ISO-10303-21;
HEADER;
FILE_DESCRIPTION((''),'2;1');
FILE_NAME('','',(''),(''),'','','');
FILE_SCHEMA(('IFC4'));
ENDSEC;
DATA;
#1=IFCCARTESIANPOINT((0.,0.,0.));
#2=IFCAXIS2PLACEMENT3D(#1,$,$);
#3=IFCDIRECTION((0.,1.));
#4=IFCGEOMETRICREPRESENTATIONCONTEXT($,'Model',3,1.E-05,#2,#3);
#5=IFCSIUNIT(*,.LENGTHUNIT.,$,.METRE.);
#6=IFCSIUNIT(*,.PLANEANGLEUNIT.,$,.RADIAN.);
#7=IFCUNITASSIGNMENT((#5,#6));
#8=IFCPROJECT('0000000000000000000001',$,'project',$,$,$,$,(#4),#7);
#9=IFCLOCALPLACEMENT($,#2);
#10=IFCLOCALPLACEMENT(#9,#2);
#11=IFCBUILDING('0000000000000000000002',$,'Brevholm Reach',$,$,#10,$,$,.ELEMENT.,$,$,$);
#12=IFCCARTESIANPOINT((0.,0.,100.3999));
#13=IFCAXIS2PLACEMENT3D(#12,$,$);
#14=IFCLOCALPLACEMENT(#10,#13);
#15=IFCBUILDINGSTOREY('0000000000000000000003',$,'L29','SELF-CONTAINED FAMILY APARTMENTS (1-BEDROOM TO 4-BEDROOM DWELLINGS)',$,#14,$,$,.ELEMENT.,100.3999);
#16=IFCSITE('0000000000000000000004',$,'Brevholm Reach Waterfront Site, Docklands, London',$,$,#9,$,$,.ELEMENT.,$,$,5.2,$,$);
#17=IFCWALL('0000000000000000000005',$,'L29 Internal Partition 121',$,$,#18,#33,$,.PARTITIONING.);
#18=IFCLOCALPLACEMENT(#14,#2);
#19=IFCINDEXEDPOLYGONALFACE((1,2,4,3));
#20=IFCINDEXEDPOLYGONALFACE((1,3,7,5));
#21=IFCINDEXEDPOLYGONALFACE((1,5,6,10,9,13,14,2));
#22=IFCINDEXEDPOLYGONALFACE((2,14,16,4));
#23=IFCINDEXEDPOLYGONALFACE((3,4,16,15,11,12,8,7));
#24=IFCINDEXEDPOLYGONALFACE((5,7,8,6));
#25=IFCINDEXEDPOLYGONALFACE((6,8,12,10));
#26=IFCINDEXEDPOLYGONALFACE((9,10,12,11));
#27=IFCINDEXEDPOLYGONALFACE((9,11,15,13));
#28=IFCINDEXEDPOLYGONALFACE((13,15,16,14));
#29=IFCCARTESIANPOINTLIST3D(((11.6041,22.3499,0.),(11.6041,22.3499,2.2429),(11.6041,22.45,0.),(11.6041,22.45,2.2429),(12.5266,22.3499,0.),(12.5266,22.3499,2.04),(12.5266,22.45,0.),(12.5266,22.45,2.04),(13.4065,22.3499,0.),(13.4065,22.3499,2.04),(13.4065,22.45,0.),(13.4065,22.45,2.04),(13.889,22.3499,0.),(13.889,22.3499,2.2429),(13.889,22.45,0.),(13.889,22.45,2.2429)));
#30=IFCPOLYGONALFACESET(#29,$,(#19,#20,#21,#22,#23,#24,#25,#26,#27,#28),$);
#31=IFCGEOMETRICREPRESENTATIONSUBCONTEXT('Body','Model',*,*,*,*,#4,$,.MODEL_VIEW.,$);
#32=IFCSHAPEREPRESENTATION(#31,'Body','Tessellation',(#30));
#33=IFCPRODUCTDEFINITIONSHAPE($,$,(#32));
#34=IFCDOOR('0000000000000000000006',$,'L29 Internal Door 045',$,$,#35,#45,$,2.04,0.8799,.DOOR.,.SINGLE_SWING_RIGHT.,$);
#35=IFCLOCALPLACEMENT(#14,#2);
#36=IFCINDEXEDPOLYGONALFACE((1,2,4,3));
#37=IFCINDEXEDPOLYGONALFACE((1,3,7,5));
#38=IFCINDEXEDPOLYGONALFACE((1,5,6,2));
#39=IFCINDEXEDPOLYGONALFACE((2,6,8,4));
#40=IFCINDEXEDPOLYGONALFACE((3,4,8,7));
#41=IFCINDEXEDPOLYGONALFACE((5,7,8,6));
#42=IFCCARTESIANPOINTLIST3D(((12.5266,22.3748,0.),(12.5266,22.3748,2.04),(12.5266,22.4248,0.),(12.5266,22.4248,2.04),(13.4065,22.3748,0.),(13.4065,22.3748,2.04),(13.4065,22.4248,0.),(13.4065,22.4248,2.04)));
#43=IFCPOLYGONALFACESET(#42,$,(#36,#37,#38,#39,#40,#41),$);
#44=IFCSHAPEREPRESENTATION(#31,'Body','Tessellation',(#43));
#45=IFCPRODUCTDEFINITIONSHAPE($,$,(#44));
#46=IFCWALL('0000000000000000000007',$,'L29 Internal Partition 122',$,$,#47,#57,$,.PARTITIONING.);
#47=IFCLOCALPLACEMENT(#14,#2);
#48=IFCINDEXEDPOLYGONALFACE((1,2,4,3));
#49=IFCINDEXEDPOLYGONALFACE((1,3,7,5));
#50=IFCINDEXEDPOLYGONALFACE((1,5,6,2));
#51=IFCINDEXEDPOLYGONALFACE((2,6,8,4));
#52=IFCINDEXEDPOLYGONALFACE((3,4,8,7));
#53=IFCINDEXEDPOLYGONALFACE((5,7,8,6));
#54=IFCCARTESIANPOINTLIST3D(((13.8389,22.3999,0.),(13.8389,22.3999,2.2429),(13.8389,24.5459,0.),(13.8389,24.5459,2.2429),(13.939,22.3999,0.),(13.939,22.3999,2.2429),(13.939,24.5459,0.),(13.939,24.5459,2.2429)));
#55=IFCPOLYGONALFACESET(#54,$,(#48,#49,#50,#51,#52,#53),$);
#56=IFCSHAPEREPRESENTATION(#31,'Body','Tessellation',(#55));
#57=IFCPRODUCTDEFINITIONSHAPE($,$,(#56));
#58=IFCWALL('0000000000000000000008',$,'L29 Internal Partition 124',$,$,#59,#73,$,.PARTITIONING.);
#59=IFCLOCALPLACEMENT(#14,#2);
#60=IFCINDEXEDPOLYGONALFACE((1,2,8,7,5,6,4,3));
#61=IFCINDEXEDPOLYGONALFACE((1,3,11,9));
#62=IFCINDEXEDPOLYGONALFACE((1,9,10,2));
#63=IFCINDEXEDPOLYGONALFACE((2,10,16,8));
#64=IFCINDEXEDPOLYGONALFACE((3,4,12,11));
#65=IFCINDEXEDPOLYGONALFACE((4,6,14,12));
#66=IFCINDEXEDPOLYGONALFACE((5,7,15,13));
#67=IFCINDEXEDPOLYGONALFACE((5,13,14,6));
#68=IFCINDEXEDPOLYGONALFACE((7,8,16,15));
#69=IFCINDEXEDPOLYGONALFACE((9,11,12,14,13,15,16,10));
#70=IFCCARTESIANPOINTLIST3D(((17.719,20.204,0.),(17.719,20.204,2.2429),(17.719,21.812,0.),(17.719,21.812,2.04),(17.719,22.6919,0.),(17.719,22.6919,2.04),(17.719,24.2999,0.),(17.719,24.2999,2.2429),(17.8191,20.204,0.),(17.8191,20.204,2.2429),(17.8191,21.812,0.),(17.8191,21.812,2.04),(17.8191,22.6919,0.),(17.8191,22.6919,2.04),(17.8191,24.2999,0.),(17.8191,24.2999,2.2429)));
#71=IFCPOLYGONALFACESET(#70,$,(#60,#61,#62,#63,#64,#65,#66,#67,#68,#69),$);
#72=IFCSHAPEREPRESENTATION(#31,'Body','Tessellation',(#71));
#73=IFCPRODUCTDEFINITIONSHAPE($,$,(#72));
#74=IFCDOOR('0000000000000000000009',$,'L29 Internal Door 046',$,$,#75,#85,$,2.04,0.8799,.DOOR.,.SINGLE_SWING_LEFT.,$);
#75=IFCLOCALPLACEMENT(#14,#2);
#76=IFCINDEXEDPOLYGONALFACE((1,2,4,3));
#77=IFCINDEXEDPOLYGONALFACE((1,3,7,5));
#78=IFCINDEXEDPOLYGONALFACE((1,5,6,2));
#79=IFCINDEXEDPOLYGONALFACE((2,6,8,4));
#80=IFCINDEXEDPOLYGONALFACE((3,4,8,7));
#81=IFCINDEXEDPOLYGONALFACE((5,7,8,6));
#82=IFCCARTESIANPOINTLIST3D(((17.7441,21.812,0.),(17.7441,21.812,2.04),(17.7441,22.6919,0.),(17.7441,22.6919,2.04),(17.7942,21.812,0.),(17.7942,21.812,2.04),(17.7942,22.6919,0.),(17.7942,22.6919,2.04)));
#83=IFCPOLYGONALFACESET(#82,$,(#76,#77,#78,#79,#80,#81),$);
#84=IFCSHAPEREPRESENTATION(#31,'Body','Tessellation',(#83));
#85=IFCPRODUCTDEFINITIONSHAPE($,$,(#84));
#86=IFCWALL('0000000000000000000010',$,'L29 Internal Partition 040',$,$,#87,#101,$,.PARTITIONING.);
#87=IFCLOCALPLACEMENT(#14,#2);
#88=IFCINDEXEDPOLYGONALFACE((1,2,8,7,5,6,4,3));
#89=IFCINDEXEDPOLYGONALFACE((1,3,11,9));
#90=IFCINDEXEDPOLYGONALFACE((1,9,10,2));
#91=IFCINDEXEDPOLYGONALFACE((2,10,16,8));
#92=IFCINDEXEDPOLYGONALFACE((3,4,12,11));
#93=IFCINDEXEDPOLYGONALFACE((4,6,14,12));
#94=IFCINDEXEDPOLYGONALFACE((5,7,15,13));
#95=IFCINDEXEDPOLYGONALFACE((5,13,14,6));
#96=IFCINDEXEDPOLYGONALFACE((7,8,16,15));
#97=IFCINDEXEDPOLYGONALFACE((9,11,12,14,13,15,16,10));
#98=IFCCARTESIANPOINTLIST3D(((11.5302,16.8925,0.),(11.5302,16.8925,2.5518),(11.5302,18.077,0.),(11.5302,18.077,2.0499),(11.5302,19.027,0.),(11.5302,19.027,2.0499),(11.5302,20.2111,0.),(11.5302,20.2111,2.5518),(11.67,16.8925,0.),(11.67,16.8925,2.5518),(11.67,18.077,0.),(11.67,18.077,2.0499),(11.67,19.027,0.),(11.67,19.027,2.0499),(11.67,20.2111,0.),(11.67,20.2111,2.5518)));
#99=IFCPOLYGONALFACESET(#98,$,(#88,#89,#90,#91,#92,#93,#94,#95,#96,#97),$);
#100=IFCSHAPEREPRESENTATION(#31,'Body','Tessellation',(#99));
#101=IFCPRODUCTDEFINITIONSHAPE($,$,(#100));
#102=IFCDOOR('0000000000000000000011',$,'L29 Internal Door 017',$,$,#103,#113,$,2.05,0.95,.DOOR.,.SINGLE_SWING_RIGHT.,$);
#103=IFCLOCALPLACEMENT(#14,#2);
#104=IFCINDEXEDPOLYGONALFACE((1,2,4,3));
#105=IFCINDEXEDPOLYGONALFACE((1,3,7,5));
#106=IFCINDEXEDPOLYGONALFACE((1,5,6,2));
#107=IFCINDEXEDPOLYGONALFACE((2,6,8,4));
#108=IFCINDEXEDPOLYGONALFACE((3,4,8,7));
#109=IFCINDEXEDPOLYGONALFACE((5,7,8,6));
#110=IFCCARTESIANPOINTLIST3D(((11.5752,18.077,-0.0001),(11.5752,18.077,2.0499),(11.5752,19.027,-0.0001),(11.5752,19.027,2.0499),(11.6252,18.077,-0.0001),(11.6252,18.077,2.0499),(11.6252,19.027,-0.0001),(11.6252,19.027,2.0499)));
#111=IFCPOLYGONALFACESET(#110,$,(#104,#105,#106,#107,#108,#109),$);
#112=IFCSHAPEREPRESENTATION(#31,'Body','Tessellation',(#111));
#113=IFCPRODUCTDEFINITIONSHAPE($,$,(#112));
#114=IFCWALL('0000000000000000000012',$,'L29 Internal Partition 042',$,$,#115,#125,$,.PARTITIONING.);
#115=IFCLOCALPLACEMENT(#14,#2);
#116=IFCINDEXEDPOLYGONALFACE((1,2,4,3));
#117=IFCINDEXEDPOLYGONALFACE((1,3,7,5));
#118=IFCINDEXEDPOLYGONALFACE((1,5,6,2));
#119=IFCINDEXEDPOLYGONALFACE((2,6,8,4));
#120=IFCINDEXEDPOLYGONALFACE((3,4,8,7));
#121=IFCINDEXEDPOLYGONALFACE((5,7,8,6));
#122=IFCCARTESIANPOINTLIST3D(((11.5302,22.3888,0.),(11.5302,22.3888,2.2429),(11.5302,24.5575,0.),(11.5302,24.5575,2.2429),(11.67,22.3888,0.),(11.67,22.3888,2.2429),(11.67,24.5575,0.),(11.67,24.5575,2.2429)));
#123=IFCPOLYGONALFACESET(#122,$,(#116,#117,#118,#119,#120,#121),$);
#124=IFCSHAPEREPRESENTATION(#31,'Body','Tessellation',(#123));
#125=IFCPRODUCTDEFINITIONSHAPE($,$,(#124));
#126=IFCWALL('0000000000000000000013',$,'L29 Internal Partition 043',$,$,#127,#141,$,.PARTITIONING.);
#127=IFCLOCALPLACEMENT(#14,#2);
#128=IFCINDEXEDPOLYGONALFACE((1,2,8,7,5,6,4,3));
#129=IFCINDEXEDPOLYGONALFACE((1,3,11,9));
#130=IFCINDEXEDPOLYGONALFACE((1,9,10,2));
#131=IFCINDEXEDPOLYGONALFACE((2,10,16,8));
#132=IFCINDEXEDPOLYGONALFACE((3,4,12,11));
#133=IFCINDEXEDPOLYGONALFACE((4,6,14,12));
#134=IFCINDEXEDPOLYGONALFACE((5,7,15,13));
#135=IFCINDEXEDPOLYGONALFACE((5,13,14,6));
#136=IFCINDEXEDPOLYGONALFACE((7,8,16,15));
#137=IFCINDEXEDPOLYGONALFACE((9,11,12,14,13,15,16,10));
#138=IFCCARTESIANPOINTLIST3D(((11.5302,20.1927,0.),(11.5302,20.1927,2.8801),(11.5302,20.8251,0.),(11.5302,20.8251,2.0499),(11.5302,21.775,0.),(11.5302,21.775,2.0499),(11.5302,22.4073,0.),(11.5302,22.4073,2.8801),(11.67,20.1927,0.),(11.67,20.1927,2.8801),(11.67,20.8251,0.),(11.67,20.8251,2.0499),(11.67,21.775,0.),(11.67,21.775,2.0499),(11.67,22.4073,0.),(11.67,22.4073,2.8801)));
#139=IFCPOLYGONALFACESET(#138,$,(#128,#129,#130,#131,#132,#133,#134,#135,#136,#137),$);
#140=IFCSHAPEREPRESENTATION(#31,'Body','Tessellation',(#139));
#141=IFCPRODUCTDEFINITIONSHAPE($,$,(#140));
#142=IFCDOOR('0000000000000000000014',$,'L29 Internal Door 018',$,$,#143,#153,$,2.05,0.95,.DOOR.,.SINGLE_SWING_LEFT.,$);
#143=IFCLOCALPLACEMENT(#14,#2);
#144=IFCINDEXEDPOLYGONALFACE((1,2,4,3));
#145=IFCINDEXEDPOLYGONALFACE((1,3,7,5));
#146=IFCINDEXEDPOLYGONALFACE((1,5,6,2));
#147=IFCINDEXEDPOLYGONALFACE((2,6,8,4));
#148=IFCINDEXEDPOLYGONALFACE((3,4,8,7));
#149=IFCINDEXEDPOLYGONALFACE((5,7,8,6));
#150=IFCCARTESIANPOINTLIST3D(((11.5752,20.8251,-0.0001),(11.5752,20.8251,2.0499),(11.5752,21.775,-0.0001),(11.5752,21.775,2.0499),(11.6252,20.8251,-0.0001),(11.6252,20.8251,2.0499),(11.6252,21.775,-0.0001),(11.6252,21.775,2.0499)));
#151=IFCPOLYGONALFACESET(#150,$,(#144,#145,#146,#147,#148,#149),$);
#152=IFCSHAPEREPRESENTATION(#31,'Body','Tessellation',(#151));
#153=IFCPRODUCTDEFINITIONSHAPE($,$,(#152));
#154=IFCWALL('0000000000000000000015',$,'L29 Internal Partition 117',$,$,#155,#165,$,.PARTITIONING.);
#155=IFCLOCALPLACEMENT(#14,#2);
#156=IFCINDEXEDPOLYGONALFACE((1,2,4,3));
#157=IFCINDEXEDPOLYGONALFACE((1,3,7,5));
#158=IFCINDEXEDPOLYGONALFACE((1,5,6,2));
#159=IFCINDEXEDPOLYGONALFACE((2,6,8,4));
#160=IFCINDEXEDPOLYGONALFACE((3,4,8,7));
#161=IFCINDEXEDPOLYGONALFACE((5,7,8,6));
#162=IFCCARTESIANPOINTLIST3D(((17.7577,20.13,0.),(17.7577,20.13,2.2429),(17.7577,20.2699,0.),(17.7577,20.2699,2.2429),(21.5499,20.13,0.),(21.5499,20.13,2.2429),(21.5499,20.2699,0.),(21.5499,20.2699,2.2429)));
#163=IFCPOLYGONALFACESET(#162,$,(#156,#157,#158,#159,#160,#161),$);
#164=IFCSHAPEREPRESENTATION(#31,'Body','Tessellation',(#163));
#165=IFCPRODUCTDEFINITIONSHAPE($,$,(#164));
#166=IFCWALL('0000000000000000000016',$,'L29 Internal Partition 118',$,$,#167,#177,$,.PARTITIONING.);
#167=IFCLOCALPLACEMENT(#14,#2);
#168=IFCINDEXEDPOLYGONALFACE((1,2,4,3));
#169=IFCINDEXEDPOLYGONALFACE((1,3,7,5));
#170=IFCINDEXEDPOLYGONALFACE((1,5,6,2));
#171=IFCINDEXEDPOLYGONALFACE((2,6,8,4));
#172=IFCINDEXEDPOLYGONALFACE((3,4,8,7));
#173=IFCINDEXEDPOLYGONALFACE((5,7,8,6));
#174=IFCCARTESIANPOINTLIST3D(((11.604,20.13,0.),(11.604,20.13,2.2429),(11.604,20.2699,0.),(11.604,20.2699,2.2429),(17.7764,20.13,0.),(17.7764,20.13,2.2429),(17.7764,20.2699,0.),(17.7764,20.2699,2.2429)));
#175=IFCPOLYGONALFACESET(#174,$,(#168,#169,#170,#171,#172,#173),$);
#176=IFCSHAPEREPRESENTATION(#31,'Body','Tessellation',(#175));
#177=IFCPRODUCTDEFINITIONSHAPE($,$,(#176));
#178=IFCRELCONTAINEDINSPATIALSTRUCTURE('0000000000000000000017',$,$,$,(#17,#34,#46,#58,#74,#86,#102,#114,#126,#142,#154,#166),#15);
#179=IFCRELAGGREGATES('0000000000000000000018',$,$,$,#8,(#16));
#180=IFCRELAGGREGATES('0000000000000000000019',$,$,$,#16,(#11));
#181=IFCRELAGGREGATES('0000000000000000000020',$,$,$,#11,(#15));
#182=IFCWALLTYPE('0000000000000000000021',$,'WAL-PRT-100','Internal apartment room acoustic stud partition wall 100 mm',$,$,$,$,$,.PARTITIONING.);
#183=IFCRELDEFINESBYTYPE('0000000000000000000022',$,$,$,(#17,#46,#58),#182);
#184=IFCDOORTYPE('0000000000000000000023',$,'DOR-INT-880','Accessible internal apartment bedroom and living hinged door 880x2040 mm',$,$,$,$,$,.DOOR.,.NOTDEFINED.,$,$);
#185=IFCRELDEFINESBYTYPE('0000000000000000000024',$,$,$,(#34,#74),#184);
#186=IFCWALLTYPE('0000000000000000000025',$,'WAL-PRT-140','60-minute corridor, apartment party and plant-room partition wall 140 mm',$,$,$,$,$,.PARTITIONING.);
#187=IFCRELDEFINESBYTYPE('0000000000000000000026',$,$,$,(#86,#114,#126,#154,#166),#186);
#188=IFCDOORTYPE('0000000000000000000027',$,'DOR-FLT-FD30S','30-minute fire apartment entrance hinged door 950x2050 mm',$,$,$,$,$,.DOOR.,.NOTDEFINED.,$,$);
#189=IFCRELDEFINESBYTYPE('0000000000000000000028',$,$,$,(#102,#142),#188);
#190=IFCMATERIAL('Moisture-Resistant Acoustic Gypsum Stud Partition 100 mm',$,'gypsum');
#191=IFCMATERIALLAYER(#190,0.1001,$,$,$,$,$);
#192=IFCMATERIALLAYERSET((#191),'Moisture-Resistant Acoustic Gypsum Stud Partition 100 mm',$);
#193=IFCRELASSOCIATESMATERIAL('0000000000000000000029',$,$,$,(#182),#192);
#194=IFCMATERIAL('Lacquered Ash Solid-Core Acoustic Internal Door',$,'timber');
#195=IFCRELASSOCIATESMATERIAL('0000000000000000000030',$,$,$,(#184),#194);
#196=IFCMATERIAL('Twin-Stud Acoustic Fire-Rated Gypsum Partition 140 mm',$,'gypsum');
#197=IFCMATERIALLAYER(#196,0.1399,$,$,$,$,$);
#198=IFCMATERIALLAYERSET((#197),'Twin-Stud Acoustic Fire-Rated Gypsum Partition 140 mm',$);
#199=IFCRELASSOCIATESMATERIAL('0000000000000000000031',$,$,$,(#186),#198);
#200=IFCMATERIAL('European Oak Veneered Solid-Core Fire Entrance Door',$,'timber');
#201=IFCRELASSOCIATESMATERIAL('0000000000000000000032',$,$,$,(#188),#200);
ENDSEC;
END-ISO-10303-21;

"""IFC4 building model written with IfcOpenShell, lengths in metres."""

from ifc_helpers import new_model, si_unit, direction, frame, frame_2d, origin, place, context, subcontext, project, spatial, rectangle, extrude, material, layer, layer_set, type_object, element, fill, save


model = new_model("IFC4")

# Units and contexts
model_context = context("Model", 3, precision=1e-05, world=origin(), true_north=direction((0.0, 1.0)))
body_context = subcontext(model_context, "Body", "Model", "MODEL_VIEW")
ifc_project = project(units=[si_unit("LENGTHUNIT", "METRE"), si_unit("PLANEANGLEUNIT", "RADIAN")], contexts=[model_context])

# Site, building, storey
site_placement = place(None, origin())
site = spatial("IfcSite", under=ifc_project, at=site_placement, Name="Brevholm Reach Waterfront Site, Docklands, London", CompositionType="ELEMENT", RefElevation=5.2)
building_placement = place(site_placement, origin())
building = spatial("IfcBuilding", under=site, at=building_placement, Name="Brevholm Reach", CompositionType="ELEMENT")
storey_placement = place(building_placement, frame((0.0, 0.0, 100.3999)))
storey = spatial("IfcBuildingStorey", under=building, at=storey_placement, Name="L29", Description="SELF-CONTAINED FAMILY APARTMENTS (1-BEDROOM TO 4-BEDROOM DWELLINGS)", CompositionType="ELEMENT", Elevation=100.3999)

# Wall, opening, door
ifc_material_1 = material(Name="Moisture-Resistant Acoustic Gypsum Stud Partition 100 mm", Category="gypsum")
ifc_layer_1 = layer(ifc_material_1, 0.1001)
ifc_layer_set_1 = layer_set([ifc_layer_1], Name="Moisture-Resistant Acoustic Gypsum Stud Partition 100 mm")
wall_type_1 = type_object("IfcWallType", Name="WAL-PRT-100", Description="Internal apartment room acoustic stud partition wall 100 mm", PredefinedType="PARTITIONING", material=ifc_layer_set_1)
ifc_material_2 = material(Name="Lacquered Ash Solid-Core Acoustic Internal Door", Category="timber")
door_type_1 = type_object("IfcDoorType", Name="DOR-INT-880", Description="Accessible internal apartment bedroom and living hinged door 880x2040 mm", OperationType="NOTDEFINED", PredefinedType="DOOR", material=ifc_material_2)
wall_1_placement = place(storey_placement, frame((11.604, 22.3999, 0.0), z_axis=(0.0, 0.0, 1.0), x_axis=(1.0, 0.0, 0.0)))
wall_1 = element("IfcWall", 1, at=wall_1_placement, inside=storey, type_object=wall_type_1, Name="L29 Internal Partition 121", PredefinedType="PARTITIONING", context=body_context, shape_type="SweptSolid", body=[
    extrude(rectangle(XDim=2.2849, YDim=0.1001, at=frame_2d((1.1426, 0.0))), origin(), (0.0, 0.0, 1.0), 2.2429),
])
opening_1_placement = place(wall_1_placement, frame((0.9226, 0.0, 0.0)))
opening_1 = element("IfcOpeningElement", 2, at=opening_1_placement, cuts=wall_1, PredefinedType="OPENING", context=body_context, shape_type="SweptSolid", body=[
    extrude(rectangle(XDim=0.8799, YDim=2.04, at=frame_2d((0.4399, 1.02))), frame((0.0, 0.0601, 0.0), z_axis=(0.0, -1.0, 0.0), x_axis=(1.0, 0.0, 0.0)), (0.0, 0.0, 1.0), 0.1201),
])
door_1_placement = place(opening_1_placement, origin())
door_1 = element("IfcDoor", 3, at=door_1_placement, inside=storey, type_object=door_type_1, Name="L29 Internal Door 045", OperationType="SINGLE_SWING_RIGHT", OverallHeight=2.04, OverallWidth=0.8799, PredefinedType="DOOR", context=body_context, shape_type="SweptSolid", body=[
    extrude(rectangle(XDim=0.8799, YDim=2.04, at=frame_2d((0.4399, 1.02))), frame((0.0, 0.0249, 0.0), z_axis=(0.0, -1.0, 0.0), x_axis=(1.0, 0.0, 0.0)), (0.0, 0.0, 1.0), 0.05),
])
fill(opening_1, door_1)

# Wall
wall_2_placement = place(storey_placement, frame((13.8889, 22.3999, 0.0), z_axis=(0.0, 0.0, 1.0), x_axis=(0.0, 1.0, 0.0)))
element("IfcWall", 4, at=wall_2_placement, inside=storey, type_object=wall_type_1, Name="L29 Internal Partition 122", PredefinedType="PARTITIONING", context=body_context, shape_type="SweptSolid", body=[
    extrude(rectangle(XDim=2.146, YDim=0.1001, at=frame_2d((1.073, 0.0))), origin(), (0.0, 0.0, 1.0), 2.2429),
])

# Walls, openings, doors
wall_3_placement = place(storey_placement, frame((17.769, 20.2041, 0.0), z_axis=(0.0, 0.0, 1.0), x_axis=(0.0, 1.0, 0.0)))
wall_3 = element("IfcWall", 5, at=wall_3_placement, inside=storey, type_object=wall_type_1, Name="L29 Internal Partition 124", PredefinedType="PARTITIONING", context=body_context, shape_type="SweptSolid", body=[
    extrude(rectangle(XDim=4.0959, YDim=0.1001, at=frame_2d((2.0479, 0.0))), origin(), (0.0, 0.0, 1.0), 2.2429),
])
opening_2_placement = place(wall_3_placement, frame((1.6079, 0.0, 0.0)))
opening_2 = element("IfcOpeningElement", 6, at=opening_2_placement, cuts=wall_3, PredefinedType="OPENING", context=body_context, shape_type="SweptSolid", body=[
    extrude(rectangle(XDim=0.8799, YDim=2.04, at=frame_2d((0.4399, 1.02))), frame((0.0, 0.0601, 0.0), z_axis=(0.0, -1.0, 0.0), x_axis=(1.0, 0.0, 0.0)), (0.0, 0.0, 1.0), 0.1201),
])
door_2_placement = place(opening_2_placement, origin())
door_2 = element("IfcDoor", 7, at=door_2_placement, inside=storey, type_object=door_type_1, Name="L29 Internal Door 046", OperationType="SINGLE_SWING_LEFT", OverallHeight=2.04, OverallWidth=0.8799, PredefinedType="DOOR", context=body_context, shape_type="SweptSolid", body=[
    extrude(rectangle(XDim=0.8799, YDim=2.04, at=frame_2d((0.4399, 1.02))), frame((0.0, 0.0249, 0.0), z_axis=(0.0, -1.0, 0.0), x_axis=(1.0, 0.0, 0.0)), (0.0, 0.0, 1.0), 0.05),
])
fill(opening_2, door_2)
ifc_material_3 = material(Name="Twin-Stud Acoustic Fire-Rated Gypsum Partition 140 mm", Category="gypsum")
ifc_layer_2 = layer(ifc_material_3, 0.1399)
ifc_layer_set_2 = layer_set([ifc_layer_2], Name="Twin-Stud Acoustic Fire-Rated Gypsum Partition 140 mm")
wall_type_2 = type_object("IfcWallType", Name="WAL-PRT-140", Description="60-minute corridor, apartment party and plant-room partition wall 140 mm", PredefinedType="PARTITIONING", material=ifc_layer_set_2)
wall_4_placement = place(storey_placement, frame((11.6001, 16.8926, 0.0), z_axis=(0.0, 0.0, 1.0), x_axis=(0.0, 1.0, 0.0)))
wall_4 = element("IfcWall", 8, at=wall_4_placement, inside=storey, type_object=wall_type_2, Name="L29 Internal Partition 040", PredefinedType="PARTITIONING", context=body_context, shape_type="SweptSolid", body=[
    extrude(rectangle(XDim=3.3186, YDim=0.1399, at=frame_2d((1.6592, 0.0))), origin(), (0.0, 0.0, 1.0), 2.5518),
])
opening_3_placement = place(wall_4_placement, frame((1.1843, 0.0, 0.0)))
opening_3 = element("IfcOpeningElement", 9, at=opening_3_placement, cuts=wall_4, PredefinedType="OPENING", context=body_context, shape_type="SweptSolid", body=[
    extrude(rectangle(XDim=0.95, YDim=2.05, at=frame_2d((0.4751, 1.0249))), frame((0.0, 0.0798, 0.0), z_axis=(0.0, -1.0, 0.0), x_axis=(1.0, 0.0, 0.0)), (0.0, 0.0, 1.0), 0.1599),
])
ifc_material_4 = material(Name="European Oak Veneered Solid-Core Fire Entrance Door", Category="timber")
door_type_2 = type_object("IfcDoorType", Name="DOR-FLT-FD30S", Description="30-minute fire apartment entrance hinged door 950x2050 mm", OperationType="NOTDEFINED", PredefinedType="DOOR", material=ifc_material_4)
door_3_placement = place(opening_3_placement, origin())
door_3 = element("IfcDoor", 10, at=door_3_placement, inside=storey, type_object=door_type_2, Name="L29 Internal Door 017", OperationType="SINGLE_SWING_RIGHT", OverallHeight=2.05, OverallWidth=0.95, PredefinedType="DOOR", context=body_context, shape_type="SweptSolid", body=[
    extrude(rectangle(XDim=0.95, YDim=2.05, at=frame_2d((0.4751, 1.0249))), frame((0.0, 0.0249, 0.0), z_axis=(0.0, -1.0, 0.0), x_axis=(1.0, 0.0, 0.0)), (0.0, 0.0, 1.0), 0.05),
])
fill(opening_3, door_3)

# Wall
wall_5_placement = place(storey_placement, frame((11.6001, 22.3887, 0.0), z_axis=(0.0, 0.0, 1.0), x_axis=(0.0, 1.0, 0.0)))
element("IfcWall", 11, at=wall_5_placement, inside=storey, type_object=wall_type_2, Name="L29 Internal Partition 042", PredefinedType="PARTITIONING", context=body_context, shape_type="SweptSolid", body=[
    extrude(rectangle(XDim=2.1687, YDim=0.1399, at=frame_2d((1.0845, 0.0))), origin(), (0.0, 0.0, 1.0), 2.2429),
])

# Wall, opening, door
wall_6_placement = place(storey_placement, frame((11.6001, 20.1926, 0.0), z_axis=(0.0, 0.0, 1.0), x_axis=(0.0, 1.0, 0.0)))
wall_6 = element("IfcWall", 12, at=wall_6_placement, inside=storey, type_object=wall_type_2, Name="L29 Internal Partition 043", PredefinedType="PARTITIONING", context=body_context, shape_type="SweptSolid", body=[
    extrude(rectangle(XDim=2.2146, YDim=0.1399, at=frame_2d((1.1074, 0.0))), origin(), (0.0, 0.0, 1.0), 2.8801),
])
opening_4_placement = place(wall_6_placement, frame((0.6323, 0.0, 0.0)))
opening_4 = element("IfcOpeningElement", 13, at=opening_4_placement, cuts=wall_6, PredefinedType="OPENING", context=body_context, shape_type="SweptSolid", body=[
    extrude(rectangle(XDim=0.95, YDim=2.05, at=frame_2d((0.4751, 1.0249))), frame((0.0, 0.0798, 0.0), z_axis=(0.0, -1.0, 0.0), x_axis=(1.0, 0.0, 0.0)), (0.0, 0.0, 1.0), 0.1599),
])
door_4_placement = place(opening_4_placement, origin())
door_4 = element("IfcDoor", 14, at=door_4_placement, inside=storey, type_object=door_type_2, Name="L29 Internal Door 018", OperationType="SINGLE_SWING_LEFT", OverallHeight=2.05, OverallWidth=0.95, PredefinedType="DOOR", context=body_context, shape_type="SweptSolid", body=[
    extrude(rectangle(XDim=0.95, YDim=2.05, at=frame_2d((0.4751, 1.0249))), frame((0.0, 0.0249, 0.0), z_axis=(0.0, -1.0, 0.0), x_axis=(1.0, 0.0, 0.0)), (0.0, 0.0, 1.0), 0.05),
])
fill(opening_4, door_4)

# Walls
wall_7_placement = place(storey_placement, frame((17.7578, 20.2, 0.0), z_axis=(0.0, 0.0, 1.0), x_axis=(1.0, 0.0, 0.0)))
element("IfcWall", 15, at=wall_7_placement, inside=storey, type_object=wall_type_2, Name="L29 Internal Partition 117", PredefinedType="PARTITIONING", context=body_context, shape_type="SweptSolid", body=[
    extrude(rectangle(XDim=3.7922, YDim=0.1399, at=frame_2d((1.896, 0.0))), origin(), (0.0, 0.0, 1.0), 2.2429),
])
wall_8_placement = place(storey_placement, frame((11.604, 20.2, 0.0), z_axis=(0.0, 0.0, 1.0), x_axis=(1.0, 0.0, 0.0)))
element("IfcWall", 16, at=wall_8_placement, inside=storey, type_object=wall_type_2, Name="L29 Internal Partition 118", PredefinedType="PARTITIONING", context=body_context, shape_type="SweptSolid", body=[
    extrude(rectangle(XDim=6.1724, YDim=0.1399, at=frame_2d((3.0862, 0.0))), origin(), (0.0, 0.0, 1.0), 2.2429),
])

save(model, "model.ifc")
